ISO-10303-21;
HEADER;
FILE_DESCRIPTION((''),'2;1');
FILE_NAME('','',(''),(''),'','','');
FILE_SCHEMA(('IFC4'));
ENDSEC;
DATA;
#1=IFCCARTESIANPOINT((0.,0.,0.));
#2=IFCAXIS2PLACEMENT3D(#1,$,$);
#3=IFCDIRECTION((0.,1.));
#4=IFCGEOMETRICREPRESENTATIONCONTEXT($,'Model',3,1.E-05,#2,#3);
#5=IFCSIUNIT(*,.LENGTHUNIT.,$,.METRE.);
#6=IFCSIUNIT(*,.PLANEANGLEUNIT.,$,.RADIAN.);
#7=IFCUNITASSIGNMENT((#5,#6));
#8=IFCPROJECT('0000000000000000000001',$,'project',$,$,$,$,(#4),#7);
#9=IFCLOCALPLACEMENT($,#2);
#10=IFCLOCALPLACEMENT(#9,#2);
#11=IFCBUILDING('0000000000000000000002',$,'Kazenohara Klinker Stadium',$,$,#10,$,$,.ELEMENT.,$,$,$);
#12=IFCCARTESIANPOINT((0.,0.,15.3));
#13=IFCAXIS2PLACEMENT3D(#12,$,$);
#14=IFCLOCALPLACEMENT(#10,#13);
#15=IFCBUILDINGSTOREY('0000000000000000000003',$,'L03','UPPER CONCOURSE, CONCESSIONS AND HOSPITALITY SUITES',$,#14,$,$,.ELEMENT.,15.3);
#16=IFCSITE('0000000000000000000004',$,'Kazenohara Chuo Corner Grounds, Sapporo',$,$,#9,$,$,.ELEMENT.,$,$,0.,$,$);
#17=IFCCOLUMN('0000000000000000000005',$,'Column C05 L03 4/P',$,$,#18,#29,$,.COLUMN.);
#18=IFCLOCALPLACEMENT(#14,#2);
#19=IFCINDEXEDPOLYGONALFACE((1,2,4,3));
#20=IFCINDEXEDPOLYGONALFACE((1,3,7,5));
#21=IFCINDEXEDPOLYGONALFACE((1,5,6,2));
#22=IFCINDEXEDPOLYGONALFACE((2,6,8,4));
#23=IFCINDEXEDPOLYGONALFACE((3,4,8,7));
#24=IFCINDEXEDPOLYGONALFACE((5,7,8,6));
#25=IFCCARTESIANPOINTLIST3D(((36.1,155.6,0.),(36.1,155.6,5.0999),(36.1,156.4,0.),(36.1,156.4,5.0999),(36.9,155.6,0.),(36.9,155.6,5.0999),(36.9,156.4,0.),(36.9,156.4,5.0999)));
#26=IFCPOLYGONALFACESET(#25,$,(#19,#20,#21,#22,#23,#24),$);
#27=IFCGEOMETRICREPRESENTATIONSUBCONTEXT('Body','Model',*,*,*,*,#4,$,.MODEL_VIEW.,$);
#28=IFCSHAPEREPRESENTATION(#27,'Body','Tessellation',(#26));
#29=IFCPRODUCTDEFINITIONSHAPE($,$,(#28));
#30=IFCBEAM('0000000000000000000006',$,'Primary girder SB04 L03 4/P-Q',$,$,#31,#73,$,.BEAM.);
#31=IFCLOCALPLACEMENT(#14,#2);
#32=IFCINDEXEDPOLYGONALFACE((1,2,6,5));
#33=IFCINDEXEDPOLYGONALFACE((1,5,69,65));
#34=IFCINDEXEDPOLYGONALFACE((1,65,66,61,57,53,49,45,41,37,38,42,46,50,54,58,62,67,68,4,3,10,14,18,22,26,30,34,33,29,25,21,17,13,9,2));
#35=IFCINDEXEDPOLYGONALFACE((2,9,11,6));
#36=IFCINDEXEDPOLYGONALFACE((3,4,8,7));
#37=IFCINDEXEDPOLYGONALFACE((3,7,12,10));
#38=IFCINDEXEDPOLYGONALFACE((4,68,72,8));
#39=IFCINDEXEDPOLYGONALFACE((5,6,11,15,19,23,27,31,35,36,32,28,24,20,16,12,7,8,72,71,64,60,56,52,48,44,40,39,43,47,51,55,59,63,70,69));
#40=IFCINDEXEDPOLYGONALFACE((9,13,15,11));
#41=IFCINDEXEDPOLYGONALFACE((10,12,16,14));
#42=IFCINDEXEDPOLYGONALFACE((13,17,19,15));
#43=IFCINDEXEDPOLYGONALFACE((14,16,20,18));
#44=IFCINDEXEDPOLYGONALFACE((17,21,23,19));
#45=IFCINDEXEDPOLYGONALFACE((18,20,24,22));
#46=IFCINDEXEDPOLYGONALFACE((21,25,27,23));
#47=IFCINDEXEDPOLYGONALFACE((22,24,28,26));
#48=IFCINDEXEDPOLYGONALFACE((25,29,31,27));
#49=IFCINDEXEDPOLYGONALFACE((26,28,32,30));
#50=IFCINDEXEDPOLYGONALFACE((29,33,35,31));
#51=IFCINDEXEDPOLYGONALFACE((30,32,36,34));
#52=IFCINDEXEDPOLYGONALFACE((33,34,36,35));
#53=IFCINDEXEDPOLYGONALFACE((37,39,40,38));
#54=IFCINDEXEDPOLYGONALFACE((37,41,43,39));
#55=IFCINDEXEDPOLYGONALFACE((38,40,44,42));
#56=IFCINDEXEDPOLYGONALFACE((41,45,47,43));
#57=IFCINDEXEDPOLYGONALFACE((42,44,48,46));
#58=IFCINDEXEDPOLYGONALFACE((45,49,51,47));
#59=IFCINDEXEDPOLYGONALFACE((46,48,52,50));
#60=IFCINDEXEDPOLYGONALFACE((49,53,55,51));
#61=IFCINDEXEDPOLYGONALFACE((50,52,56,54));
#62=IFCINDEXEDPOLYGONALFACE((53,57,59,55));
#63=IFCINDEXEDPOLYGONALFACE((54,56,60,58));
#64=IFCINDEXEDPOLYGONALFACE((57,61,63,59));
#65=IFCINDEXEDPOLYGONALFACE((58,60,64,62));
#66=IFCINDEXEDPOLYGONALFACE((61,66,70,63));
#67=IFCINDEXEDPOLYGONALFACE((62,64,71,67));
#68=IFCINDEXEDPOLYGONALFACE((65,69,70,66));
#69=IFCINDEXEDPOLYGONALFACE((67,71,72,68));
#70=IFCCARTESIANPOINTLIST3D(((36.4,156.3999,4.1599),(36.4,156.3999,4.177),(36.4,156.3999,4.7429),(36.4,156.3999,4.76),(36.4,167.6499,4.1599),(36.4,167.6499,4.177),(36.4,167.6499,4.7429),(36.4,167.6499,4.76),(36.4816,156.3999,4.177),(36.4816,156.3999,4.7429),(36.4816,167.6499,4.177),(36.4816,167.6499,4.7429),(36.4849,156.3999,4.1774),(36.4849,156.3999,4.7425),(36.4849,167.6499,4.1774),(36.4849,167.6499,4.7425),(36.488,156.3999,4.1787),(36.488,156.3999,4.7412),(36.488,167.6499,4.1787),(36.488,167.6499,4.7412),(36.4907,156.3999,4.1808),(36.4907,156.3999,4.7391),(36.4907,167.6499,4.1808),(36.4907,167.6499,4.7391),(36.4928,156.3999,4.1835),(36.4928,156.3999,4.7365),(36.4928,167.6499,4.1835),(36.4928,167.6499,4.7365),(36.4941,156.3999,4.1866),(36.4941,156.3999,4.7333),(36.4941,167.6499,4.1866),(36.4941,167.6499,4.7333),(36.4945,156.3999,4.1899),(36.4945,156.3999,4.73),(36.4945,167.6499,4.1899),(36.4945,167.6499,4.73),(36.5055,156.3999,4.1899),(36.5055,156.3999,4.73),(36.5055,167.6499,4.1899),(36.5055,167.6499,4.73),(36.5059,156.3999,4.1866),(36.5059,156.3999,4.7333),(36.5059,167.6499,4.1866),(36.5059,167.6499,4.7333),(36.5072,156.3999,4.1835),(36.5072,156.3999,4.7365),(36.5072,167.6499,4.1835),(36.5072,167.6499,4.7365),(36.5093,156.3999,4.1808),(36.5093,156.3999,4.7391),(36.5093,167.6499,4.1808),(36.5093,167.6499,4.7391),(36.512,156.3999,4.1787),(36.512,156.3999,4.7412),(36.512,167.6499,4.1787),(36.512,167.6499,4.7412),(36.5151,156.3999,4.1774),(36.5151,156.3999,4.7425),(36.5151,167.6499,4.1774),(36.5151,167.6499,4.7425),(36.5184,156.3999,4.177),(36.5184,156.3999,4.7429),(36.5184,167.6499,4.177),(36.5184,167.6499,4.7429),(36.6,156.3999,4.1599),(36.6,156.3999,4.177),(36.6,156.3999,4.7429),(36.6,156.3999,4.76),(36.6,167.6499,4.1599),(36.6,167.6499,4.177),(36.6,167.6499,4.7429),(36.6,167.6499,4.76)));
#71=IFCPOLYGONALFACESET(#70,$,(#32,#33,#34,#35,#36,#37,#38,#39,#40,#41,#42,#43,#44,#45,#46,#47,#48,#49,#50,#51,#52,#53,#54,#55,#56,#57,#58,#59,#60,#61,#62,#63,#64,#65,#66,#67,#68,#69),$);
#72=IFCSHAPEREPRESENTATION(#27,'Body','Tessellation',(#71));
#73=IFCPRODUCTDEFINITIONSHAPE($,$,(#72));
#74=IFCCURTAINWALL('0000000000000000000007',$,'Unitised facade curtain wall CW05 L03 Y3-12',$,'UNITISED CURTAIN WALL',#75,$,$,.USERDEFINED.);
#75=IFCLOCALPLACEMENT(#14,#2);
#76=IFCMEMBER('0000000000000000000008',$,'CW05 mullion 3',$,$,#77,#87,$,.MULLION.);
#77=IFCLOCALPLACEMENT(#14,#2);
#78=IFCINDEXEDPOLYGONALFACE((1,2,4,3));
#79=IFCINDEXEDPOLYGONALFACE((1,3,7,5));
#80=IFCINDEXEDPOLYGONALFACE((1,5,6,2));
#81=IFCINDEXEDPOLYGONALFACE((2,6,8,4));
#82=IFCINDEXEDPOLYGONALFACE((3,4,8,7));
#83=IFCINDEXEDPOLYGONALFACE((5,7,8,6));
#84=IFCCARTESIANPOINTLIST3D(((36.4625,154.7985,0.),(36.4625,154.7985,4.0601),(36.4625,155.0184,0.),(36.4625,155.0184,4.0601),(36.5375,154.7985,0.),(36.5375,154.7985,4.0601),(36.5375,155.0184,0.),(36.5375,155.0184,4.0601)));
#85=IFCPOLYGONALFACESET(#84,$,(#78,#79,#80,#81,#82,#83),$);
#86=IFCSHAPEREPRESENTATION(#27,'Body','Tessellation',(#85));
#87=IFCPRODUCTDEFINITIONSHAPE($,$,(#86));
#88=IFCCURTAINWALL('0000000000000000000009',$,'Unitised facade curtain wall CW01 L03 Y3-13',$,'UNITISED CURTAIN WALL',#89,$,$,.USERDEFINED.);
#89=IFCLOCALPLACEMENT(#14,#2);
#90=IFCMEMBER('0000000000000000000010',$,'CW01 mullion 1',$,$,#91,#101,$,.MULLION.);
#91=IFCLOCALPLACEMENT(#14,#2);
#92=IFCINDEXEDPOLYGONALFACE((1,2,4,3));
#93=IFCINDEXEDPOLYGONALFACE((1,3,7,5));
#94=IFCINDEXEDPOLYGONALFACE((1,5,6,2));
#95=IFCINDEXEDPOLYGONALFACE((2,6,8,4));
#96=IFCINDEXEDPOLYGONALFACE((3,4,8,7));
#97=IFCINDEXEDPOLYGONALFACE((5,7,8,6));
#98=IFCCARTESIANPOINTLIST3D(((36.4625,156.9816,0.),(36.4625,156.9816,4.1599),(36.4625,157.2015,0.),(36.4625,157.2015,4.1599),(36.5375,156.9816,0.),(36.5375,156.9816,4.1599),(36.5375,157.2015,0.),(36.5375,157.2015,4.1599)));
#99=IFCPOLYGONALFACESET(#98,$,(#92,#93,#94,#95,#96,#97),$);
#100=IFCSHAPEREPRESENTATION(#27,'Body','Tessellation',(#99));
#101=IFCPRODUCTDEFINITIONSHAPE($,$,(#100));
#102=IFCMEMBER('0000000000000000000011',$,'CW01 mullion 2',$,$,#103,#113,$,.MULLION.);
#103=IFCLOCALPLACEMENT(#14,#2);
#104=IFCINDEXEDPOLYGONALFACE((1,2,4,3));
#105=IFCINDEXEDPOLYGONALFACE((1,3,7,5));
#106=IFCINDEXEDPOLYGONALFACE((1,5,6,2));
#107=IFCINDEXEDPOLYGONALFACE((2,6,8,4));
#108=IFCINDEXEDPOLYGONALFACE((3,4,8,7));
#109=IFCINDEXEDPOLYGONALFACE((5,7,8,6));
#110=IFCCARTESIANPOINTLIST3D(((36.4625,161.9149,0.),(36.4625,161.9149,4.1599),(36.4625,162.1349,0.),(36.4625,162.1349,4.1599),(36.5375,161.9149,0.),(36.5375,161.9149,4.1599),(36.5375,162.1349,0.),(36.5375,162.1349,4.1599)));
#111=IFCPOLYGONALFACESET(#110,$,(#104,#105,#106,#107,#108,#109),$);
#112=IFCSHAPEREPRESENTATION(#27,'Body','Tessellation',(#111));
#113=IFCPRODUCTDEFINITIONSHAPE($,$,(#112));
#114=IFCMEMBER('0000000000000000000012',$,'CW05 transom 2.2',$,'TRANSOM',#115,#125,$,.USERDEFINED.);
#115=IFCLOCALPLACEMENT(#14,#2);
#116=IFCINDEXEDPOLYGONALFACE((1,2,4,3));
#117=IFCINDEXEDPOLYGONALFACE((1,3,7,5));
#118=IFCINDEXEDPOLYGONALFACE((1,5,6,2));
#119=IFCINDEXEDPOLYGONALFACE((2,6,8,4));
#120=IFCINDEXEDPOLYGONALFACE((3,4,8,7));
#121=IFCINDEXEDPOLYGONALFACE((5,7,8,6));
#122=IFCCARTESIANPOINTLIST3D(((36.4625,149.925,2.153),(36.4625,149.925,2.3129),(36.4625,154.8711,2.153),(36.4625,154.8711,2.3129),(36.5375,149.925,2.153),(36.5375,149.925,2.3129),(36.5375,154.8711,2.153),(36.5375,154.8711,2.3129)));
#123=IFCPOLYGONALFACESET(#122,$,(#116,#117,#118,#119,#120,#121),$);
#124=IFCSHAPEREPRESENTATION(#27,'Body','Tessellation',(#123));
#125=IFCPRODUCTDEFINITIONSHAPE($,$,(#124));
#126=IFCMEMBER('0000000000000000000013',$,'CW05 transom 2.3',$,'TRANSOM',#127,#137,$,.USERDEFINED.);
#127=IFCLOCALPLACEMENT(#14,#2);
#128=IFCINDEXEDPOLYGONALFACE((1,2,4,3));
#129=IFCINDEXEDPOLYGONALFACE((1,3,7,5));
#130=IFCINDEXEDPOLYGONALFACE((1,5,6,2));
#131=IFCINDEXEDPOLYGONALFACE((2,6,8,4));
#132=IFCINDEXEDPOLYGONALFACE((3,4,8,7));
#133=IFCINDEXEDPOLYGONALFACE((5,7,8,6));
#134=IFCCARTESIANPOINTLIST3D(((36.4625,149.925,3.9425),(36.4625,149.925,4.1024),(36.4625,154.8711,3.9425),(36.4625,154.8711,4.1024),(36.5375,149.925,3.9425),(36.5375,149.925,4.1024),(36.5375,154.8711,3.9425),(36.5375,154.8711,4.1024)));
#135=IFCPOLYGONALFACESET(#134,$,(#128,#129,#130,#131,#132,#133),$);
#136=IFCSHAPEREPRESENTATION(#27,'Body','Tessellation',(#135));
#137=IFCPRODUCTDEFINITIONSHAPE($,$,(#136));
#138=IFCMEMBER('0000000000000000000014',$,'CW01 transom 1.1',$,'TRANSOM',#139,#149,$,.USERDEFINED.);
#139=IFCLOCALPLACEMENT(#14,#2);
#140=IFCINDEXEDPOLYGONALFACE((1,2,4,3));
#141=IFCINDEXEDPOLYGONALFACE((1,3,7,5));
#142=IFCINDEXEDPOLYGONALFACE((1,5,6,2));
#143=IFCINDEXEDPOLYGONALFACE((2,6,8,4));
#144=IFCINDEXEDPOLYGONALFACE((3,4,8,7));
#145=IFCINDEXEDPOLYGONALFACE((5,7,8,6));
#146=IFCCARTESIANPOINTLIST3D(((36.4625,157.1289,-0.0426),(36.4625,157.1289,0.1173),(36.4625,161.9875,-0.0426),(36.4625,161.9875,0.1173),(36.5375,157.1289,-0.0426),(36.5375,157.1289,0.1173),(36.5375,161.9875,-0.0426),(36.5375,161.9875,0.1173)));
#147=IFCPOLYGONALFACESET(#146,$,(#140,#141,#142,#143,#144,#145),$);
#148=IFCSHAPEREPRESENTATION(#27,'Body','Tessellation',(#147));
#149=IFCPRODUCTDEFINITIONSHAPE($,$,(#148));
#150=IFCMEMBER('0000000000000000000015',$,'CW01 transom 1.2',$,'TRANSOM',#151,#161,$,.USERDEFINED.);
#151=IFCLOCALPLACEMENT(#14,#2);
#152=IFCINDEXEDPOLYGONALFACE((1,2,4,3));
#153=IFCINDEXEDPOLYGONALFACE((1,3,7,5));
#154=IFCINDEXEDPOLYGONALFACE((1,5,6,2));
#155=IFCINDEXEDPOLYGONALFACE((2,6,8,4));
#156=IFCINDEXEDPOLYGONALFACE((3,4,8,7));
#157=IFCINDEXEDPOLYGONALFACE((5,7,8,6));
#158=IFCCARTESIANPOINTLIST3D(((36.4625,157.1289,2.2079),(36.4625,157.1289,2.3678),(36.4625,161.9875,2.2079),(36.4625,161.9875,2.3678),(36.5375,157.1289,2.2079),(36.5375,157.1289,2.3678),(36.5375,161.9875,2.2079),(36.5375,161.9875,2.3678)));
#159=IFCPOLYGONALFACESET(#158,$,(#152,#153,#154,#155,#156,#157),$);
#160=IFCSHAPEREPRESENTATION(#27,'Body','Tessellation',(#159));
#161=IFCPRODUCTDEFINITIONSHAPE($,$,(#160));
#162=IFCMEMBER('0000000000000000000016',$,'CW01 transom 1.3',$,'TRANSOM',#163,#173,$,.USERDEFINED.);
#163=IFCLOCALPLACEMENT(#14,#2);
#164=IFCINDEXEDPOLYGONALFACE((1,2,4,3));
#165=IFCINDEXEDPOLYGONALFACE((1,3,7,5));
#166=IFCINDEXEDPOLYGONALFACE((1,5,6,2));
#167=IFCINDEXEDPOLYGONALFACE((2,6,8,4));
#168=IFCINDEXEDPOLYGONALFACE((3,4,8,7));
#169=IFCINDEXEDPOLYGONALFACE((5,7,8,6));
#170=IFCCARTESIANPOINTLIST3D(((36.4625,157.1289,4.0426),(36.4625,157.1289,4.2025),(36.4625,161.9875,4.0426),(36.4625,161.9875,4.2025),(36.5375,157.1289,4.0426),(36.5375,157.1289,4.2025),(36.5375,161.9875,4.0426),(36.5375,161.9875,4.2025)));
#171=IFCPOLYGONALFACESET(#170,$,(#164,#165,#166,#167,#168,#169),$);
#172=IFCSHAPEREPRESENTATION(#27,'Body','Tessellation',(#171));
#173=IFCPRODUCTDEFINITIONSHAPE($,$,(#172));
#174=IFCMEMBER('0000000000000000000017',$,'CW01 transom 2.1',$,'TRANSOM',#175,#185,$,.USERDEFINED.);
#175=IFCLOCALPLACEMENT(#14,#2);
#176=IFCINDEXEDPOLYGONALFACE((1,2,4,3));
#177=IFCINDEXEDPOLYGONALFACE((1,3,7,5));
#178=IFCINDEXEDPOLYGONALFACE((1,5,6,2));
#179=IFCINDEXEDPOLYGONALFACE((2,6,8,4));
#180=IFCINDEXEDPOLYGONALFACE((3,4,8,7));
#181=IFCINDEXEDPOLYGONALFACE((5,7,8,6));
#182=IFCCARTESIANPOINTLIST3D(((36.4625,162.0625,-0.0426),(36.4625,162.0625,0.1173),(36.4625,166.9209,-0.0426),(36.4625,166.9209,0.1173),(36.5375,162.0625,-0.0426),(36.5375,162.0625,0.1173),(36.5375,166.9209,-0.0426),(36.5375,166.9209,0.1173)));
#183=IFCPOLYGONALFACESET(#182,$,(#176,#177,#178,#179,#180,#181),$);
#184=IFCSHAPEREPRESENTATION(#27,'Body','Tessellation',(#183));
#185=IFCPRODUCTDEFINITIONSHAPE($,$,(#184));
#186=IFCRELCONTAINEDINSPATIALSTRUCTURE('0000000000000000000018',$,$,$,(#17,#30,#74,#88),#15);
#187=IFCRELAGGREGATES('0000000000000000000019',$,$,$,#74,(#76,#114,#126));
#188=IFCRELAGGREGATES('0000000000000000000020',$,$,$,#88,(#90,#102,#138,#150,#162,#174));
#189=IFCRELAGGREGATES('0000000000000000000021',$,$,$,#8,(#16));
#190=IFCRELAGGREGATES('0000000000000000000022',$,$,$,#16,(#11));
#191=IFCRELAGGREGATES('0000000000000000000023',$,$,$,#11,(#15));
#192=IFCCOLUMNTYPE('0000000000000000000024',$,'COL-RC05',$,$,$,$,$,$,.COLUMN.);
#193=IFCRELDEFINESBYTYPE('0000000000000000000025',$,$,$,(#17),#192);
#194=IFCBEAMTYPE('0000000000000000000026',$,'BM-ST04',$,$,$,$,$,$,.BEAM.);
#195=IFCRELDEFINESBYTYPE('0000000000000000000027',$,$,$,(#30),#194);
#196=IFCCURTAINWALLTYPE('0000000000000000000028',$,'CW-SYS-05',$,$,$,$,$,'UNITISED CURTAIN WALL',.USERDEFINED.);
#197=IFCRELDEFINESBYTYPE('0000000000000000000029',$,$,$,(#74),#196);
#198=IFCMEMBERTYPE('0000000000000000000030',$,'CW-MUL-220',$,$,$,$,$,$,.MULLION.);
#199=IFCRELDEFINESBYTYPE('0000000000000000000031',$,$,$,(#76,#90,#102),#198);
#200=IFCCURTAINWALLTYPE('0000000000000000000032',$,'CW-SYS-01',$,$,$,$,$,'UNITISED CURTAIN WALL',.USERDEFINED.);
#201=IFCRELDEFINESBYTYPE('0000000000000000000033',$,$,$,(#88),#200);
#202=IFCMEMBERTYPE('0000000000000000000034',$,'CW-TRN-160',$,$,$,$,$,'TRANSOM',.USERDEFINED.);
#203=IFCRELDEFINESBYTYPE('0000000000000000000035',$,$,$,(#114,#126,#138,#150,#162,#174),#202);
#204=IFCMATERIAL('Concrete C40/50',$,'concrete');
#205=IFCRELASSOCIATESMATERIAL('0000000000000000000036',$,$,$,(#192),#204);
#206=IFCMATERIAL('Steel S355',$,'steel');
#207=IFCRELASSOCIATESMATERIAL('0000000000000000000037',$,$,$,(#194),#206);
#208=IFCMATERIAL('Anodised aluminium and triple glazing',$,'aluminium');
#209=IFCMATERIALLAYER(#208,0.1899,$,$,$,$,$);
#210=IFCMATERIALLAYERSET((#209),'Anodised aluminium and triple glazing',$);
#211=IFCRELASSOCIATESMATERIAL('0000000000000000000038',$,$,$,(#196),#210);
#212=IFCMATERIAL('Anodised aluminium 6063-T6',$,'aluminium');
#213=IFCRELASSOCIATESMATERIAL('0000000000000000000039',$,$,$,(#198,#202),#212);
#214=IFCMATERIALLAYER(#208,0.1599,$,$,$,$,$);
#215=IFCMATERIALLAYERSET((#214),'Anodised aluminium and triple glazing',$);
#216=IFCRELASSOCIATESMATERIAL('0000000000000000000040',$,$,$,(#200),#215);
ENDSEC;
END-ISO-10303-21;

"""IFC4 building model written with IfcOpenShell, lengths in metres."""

from ifc_helpers import new_model, si_unit, direction, frame, origin, origin_2d, place, context, subcontext, project, spatial, rectangle, i_section, extrude, material, layer, layer_set, material_profile, profile_set, type_object, element, aggregate, save


model = new_model("IFC4")

# Units and contexts
model_context = context("Model", 3, precision=1e-05, world=origin(), true_north=direction((0.0, 1.0)))
body_context = subcontext(model_context, "Body", "Model", "MODEL_VIEW")
ifc_project = project(units=[si_unit("LENGTHUNIT", "METRE"), si_unit("PLANEANGLEUNIT", "RADIAN")], contexts=[model_context])

# Site, building, storey
site_placement = place(None, origin())
site = spatial("IfcSite", under=ifc_project, at=site_placement, Name="Kazenohara Chuo Corner Grounds, Sapporo", CompositionType="ELEMENT", RefElevation=0.0)
building_placement = place(site_placement, origin())
building = spatial("IfcBuilding", under=site, at=building_placement, Name="Kazenohara Klinker Stadium", CompositionType="ELEMENT")
storey_placement = place(building_placement, frame((0.0, 0.0, 15.3)))
storey = spatial("IfcBuildingStorey", under=building, at=storey_placement, Name="L03", Description="UPPER CONCOURSE, CONCESSIONS AND HOSPITALITY SUITES", CompositionType="ELEMENT", Elevation=15.3)

# Column
ifc_material_1 = material(Name="Concrete C40/50", Category="concrete")
ifc_material_profile_1 = material_profile(ifc_material_1, rectangle(XDim=0.8, YDim=0.8, at=origin_2d()), Name="RC-COL-800x800")
ifc_profile_set_1 = profile_set([ifc_material_profile_1], Name="Concrete C40/50")
column_type = type_object("IfcColumnType", Name="COL-RC05", PredefinedType="COLUMN", material=ifc_profile_set_1)
column_placement = place(storey_placement, frame((36.5, 156.0, 0.0), z_axis=(0.0, 0.0, 1.0), x_axis=(1.0, 0.0, 0.0)))
element("IfcColumn", 1, at=column_placement, inside=storey, type_object=column_type, Name="Column C05 L03 4/P", PredefinedType="COLUMN", context=body_context, shape_type="SweptSolid", body=[
    extrude(rectangle(XDim=0.8, YDim=0.8, at=origin_2d()), origin(), (0.0, 0.0, 1.0), 5.0999),
])

# Beam
ifc_material_2 = material(Name="Steel S355", Category="steel")
ifc_material_profile_2 = material_profile(ifc_material_2, i_section(OverallWidth=0.2, OverallDepth=0.6001, WebThickness=0.011, FlangeThickness=0.0171, FilletRadius=0.0129, at=origin_2d()), Name="H-600x200x11x17")
ifc_profile_set_2 = profile_set([ifc_material_profile_2], Name="Steel S355")
beam_type = type_object("IfcBeamType", Name="BM-ST04", PredefinedType="BEAM", material=ifc_profile_set_2)
beam_placement = place(storey_placement, frame((36.5, 156.3999, 4.46), z_axis=(0.0, 1.0, 0.0), x_axis=(-1.0, 0.0, 0.0)))
element("IfcBeam", 2, at=beam_placement, inside=storey, type_object=beam_type, Name="Primary girder SB04 L03 4/P-Q", PredefinedType="BEAM", context=body_context, shape_type="SweptSolid", body=[
    extrude(i_section(OverallWidth=0.2, OverallDepth=0.6001, WebThickness=0.011, FlangeThickness=0.0171, FilletRadius=0.0129, at=origin_2d()), origin(), (0.0, 0.0, 1.0), 11.25),
])

# Curtain wall, member
ifc_material_3 = material(Name="Anodised aluminium and triple glazing", Category="aluminium")
ifc_layer_1 = layer(ifc_material_3, 0.1899)
ifc_layer_set_1 = layer_set([ifc_layer_1], Name="Anodised aluminium and triple glazing")
curtain_wall_type_1 = type_object("IfcCurtainWallType", Name="CW-SYS-05", ElementType="UNITISED CURTAIN WALL", PredefinedType="USERDEFINED", material=ifc_layer_set_1)
curtain_wall_1_placement = place(storey_placement, origin())
curtain_wall_1 = element("IfcCurtainWall", 3, at=curtain_wall_1_placement, inside=storey, type_object=curtain_wall_type_1, Name="Unitised facade curtain wall CW05 L03 Y3-12", ObjectType="UNITISED CURTAIN WALL", PredefinedType="USERDEFINED")
ifc_material_4 = material(Name="Anodised aluminium 6063-T6", Category="aluminium")
ifc_material_profile_3 = material_profile(ifc_material_4, rectangle(XDim=0.075, YDim=0.22, at=origin_2d()), Name="ALU-MUL-75x220")
ifc_profile_set_3 = profile_set([ifc_material_profile_3], Name="Anodised aluminium 6063-T6")
member_type_1 = type_object("IfcMemberType", Name="CW-MUL-220", PredefinedType="MULLION", material=ifc_profile_set_3)
member_1_placement = place(storey_placement, frame((36.5, 154.9084, 0.0), z_axis=(0.0, 0.0, 1.0), x_axis=(-1.0, 0.0, 0.0)))
member_1 = element("IfcMember", 4, at=member_1_placement, type_object=member_type_1, Name="CW05 mullion 3", PredefinedType="MULLION", context=body_context, shape_type="SweptSolid", body=[
    extrude(rectangle(XDim=0.075, YDim=0.22, at=origin_2d()), origin(), (0.0, 0.0, 1.0), 4.0601),
])

# Curtain wall, members
ifc_layer_2 = layer(ifc_material_3, 0.1599)
ifc_layer_set_2 = layer_set([ifc_layer_2], Name="Anodised aluminium and triple glazing")
curtain_wall_type_2 = type_object("IfcCurtainWallType", Name="CW-SYS-01", ElementType="UNITISED CURTAIN WALL", PredefinedType="USERDEFINED", material=ifc_layer_set_2)
curtain_wall_2_placement = place(storey_placement, origin())
curtain_wall_2 = element("IfcCurtainWall", 5, at=curtain_wall_2_placement, inside=storey, type_object=curtain_wall_type_2, Name="Unitised facade curtain wall CW01 L03 Y3-13", ObjectType="UNITISED CURTAIN WALL", PredefinedType="USERDEFINED")
member_2_placement = place(storey_placement, frame((36.5, 157.0916, 0.0), z_axis=(0.0, 0.0, 1.0), x_axis=(-1.0, 0.0, 0.0)))
member_2 = element("IfcMember", 6, at=member_2_placement, type_object=member_type_1, Name="CW01 mullion 1", PredefinedType="MULLION", context=body_context, shape_type="SweptSolid", body=[
    extrude(rectangle(XDim=0.075, YDim=0.22, at=origin_2d()), origin(), (0.0, 0.0, 1.0), 4.1599),
])
member_3_placement = place(storey_placement, frame((36.5, 162.0249, 0.0), z_axis=(0.0, 0.0, 1.0), x_axis=(-1.0, 0.0, 0.0)))
member_3 = element("IfcMember", 7, at=member_3_placement, type_object=member_type_1, Name="CW01 mullion 2", PredefinedType="MULLION", context=body_context, shape_type="SweptSolid", body=[
    extrude(rectangle(XDim=0.075, YDim=0.22, at=origin_2d()), origin(), (0.0, 0.0, 1.0), 4.1599),
])

# Members
ifc_material_profile_4 = material_profile(ifc_material_4, rectangle(XDim=0.075, YDim=0.1599, at=origin_2d()), Name="ALU-TRN-75x160")
ifc_profile_set_4 = profile_set([ifc_material_profile_4], Name="Anodised aluminium 6063-T6")
member_type_2 = type_object("IfcMemberType", Name="CW-TRN-160", ElementType="TRANSOM", PredefinedType="USERDEFINED", material=ifc_profile_set_4)
member_4_placement = place(storey_placement, frame((36.5, 149.925, 2.2329), z_axis=(0.0, 1.0, 0.0), x_axis=(-1.0, 0.0, 0.0)))
member_4 = element("IfcMember", 8, at=member_4_placement, type_object=member_type_2, Name="CW05 transom 2.2", ObjectType="TRANSOM", PredefinedType="USERDEFINED", context=body_context, shape_type="SweptSolid", body=[
    extrude(rectangle(XDim=0.075, YDim=0.1599, at=origin_2d()), origin(), (0.0, 0.0, 1.0), 4.946),
])
member_5_placement = place(storey_placement, frame((36.5, 149.925, 4.0225), z_axis=(0.0, 1.0, 0.0), x_axis=(-1.0, 0.0, 0.0)))
member_5 = element("IfcMember", 9, at=member_5_placement, type_object=member_type_2, Name="CW05 transom 2.3", ObjectType="TRANSOM", PredefinedType="USERDEFINED", context=body_context, shape_type="SweptSolid", body=[
    extrude(rectangle(XDim=0.075, YDim=0.1599, at=origin_2d()), origin(), (0.0, 0.0, 1.0), 4.946),
])
member_6_placement = place(storey_placement, frame((36.5, 157.1289, 0.0374), z_axis=(0.0, 1.0, 0.0), x_axis=(-1.0, 0.0, 0.0)))
member_6 = element("IfcMember", 10, at=member_6_placement, type_object=member_type_2, Name="CW01 transom 1.1", ObjectType="TRANSOM", PredefinedType="USERDEFINED", context=body_context, shape_type="SweptSolid", body=[
    extrude(rectangle(XDim=0.075, YDim=0.1599, at=origin_2d()), origin(), (0.0, 0.0, 1.0), 4.8586),
])
member_7_placement = place(storey_placement, frame((36.5, 157.1289, 2.2878), z_axis=(0.0, 1.0, 0.0), x_axis=(-1.0, 0.0, 0.0)))
member_7 = element("IfcMember", 11, at=member_7_placement, type_object=member_type_2, Name="CW01 transom 1.2", ObjectType="TRANSOM", PredefinedType="USERDEFINED", context=body_context, shape_type="SweptSolid", body=[
    extrude(rectangle(XDim=0.075, YDim=0.1599, at=origin_2d()), origin(), (0.0, 0.0, 1.0), 4.8586),
])
member_8_placement = place(storey_placement, frame((36.5, 157.1289, 4.1226), z_axis=(0.0, 1.0, 0.0), x_axis=(-1.0, 0.0, 0.0)))
member_8 = element("IfcMember", 12, at=member_8_placement, type_object=member_type_2, Name="CW01 transom 1.3", ObjectType="TRANSOM", PredefinedType="USERDEFINED", context=body_context, shape_type="SweptSolid", body=[
    extrude(rectangle(XDim=0.075, YDim=0.1599, at=origin_2d()), origin(), (0.0, 0.0, 1.0), 4.8586),
])
member_9_placement = place(storey_placement, frame((36.5, 162.0625, 0.0374), z_axis=(0.0, 1.0, 0.0), x_axis=(-1.0, 0.0, 0.0)))
member_9 = element("IfcMember", 13, at=member_9_placement, type_object=member_type_2, Name="CW01 transom 2.1", ObjectType="TRANSOM", PredefinedType="USERDEFINED", context=body_context, shape_type="SweptSolid", body=[
    extrude(rectangle(XDim=0.075, YDim=0.1599, at=origin_2d()), origin(), (0.0, 0.0, 1.0), 4.8584),
])

aggregate(curtain_wall_1, [member_1, member_4, member_5])
aggregate(curtain_wall_2, [member_2, member_3, member_6, member_7, member_8, member_9])

save(model, "model.ifc")
